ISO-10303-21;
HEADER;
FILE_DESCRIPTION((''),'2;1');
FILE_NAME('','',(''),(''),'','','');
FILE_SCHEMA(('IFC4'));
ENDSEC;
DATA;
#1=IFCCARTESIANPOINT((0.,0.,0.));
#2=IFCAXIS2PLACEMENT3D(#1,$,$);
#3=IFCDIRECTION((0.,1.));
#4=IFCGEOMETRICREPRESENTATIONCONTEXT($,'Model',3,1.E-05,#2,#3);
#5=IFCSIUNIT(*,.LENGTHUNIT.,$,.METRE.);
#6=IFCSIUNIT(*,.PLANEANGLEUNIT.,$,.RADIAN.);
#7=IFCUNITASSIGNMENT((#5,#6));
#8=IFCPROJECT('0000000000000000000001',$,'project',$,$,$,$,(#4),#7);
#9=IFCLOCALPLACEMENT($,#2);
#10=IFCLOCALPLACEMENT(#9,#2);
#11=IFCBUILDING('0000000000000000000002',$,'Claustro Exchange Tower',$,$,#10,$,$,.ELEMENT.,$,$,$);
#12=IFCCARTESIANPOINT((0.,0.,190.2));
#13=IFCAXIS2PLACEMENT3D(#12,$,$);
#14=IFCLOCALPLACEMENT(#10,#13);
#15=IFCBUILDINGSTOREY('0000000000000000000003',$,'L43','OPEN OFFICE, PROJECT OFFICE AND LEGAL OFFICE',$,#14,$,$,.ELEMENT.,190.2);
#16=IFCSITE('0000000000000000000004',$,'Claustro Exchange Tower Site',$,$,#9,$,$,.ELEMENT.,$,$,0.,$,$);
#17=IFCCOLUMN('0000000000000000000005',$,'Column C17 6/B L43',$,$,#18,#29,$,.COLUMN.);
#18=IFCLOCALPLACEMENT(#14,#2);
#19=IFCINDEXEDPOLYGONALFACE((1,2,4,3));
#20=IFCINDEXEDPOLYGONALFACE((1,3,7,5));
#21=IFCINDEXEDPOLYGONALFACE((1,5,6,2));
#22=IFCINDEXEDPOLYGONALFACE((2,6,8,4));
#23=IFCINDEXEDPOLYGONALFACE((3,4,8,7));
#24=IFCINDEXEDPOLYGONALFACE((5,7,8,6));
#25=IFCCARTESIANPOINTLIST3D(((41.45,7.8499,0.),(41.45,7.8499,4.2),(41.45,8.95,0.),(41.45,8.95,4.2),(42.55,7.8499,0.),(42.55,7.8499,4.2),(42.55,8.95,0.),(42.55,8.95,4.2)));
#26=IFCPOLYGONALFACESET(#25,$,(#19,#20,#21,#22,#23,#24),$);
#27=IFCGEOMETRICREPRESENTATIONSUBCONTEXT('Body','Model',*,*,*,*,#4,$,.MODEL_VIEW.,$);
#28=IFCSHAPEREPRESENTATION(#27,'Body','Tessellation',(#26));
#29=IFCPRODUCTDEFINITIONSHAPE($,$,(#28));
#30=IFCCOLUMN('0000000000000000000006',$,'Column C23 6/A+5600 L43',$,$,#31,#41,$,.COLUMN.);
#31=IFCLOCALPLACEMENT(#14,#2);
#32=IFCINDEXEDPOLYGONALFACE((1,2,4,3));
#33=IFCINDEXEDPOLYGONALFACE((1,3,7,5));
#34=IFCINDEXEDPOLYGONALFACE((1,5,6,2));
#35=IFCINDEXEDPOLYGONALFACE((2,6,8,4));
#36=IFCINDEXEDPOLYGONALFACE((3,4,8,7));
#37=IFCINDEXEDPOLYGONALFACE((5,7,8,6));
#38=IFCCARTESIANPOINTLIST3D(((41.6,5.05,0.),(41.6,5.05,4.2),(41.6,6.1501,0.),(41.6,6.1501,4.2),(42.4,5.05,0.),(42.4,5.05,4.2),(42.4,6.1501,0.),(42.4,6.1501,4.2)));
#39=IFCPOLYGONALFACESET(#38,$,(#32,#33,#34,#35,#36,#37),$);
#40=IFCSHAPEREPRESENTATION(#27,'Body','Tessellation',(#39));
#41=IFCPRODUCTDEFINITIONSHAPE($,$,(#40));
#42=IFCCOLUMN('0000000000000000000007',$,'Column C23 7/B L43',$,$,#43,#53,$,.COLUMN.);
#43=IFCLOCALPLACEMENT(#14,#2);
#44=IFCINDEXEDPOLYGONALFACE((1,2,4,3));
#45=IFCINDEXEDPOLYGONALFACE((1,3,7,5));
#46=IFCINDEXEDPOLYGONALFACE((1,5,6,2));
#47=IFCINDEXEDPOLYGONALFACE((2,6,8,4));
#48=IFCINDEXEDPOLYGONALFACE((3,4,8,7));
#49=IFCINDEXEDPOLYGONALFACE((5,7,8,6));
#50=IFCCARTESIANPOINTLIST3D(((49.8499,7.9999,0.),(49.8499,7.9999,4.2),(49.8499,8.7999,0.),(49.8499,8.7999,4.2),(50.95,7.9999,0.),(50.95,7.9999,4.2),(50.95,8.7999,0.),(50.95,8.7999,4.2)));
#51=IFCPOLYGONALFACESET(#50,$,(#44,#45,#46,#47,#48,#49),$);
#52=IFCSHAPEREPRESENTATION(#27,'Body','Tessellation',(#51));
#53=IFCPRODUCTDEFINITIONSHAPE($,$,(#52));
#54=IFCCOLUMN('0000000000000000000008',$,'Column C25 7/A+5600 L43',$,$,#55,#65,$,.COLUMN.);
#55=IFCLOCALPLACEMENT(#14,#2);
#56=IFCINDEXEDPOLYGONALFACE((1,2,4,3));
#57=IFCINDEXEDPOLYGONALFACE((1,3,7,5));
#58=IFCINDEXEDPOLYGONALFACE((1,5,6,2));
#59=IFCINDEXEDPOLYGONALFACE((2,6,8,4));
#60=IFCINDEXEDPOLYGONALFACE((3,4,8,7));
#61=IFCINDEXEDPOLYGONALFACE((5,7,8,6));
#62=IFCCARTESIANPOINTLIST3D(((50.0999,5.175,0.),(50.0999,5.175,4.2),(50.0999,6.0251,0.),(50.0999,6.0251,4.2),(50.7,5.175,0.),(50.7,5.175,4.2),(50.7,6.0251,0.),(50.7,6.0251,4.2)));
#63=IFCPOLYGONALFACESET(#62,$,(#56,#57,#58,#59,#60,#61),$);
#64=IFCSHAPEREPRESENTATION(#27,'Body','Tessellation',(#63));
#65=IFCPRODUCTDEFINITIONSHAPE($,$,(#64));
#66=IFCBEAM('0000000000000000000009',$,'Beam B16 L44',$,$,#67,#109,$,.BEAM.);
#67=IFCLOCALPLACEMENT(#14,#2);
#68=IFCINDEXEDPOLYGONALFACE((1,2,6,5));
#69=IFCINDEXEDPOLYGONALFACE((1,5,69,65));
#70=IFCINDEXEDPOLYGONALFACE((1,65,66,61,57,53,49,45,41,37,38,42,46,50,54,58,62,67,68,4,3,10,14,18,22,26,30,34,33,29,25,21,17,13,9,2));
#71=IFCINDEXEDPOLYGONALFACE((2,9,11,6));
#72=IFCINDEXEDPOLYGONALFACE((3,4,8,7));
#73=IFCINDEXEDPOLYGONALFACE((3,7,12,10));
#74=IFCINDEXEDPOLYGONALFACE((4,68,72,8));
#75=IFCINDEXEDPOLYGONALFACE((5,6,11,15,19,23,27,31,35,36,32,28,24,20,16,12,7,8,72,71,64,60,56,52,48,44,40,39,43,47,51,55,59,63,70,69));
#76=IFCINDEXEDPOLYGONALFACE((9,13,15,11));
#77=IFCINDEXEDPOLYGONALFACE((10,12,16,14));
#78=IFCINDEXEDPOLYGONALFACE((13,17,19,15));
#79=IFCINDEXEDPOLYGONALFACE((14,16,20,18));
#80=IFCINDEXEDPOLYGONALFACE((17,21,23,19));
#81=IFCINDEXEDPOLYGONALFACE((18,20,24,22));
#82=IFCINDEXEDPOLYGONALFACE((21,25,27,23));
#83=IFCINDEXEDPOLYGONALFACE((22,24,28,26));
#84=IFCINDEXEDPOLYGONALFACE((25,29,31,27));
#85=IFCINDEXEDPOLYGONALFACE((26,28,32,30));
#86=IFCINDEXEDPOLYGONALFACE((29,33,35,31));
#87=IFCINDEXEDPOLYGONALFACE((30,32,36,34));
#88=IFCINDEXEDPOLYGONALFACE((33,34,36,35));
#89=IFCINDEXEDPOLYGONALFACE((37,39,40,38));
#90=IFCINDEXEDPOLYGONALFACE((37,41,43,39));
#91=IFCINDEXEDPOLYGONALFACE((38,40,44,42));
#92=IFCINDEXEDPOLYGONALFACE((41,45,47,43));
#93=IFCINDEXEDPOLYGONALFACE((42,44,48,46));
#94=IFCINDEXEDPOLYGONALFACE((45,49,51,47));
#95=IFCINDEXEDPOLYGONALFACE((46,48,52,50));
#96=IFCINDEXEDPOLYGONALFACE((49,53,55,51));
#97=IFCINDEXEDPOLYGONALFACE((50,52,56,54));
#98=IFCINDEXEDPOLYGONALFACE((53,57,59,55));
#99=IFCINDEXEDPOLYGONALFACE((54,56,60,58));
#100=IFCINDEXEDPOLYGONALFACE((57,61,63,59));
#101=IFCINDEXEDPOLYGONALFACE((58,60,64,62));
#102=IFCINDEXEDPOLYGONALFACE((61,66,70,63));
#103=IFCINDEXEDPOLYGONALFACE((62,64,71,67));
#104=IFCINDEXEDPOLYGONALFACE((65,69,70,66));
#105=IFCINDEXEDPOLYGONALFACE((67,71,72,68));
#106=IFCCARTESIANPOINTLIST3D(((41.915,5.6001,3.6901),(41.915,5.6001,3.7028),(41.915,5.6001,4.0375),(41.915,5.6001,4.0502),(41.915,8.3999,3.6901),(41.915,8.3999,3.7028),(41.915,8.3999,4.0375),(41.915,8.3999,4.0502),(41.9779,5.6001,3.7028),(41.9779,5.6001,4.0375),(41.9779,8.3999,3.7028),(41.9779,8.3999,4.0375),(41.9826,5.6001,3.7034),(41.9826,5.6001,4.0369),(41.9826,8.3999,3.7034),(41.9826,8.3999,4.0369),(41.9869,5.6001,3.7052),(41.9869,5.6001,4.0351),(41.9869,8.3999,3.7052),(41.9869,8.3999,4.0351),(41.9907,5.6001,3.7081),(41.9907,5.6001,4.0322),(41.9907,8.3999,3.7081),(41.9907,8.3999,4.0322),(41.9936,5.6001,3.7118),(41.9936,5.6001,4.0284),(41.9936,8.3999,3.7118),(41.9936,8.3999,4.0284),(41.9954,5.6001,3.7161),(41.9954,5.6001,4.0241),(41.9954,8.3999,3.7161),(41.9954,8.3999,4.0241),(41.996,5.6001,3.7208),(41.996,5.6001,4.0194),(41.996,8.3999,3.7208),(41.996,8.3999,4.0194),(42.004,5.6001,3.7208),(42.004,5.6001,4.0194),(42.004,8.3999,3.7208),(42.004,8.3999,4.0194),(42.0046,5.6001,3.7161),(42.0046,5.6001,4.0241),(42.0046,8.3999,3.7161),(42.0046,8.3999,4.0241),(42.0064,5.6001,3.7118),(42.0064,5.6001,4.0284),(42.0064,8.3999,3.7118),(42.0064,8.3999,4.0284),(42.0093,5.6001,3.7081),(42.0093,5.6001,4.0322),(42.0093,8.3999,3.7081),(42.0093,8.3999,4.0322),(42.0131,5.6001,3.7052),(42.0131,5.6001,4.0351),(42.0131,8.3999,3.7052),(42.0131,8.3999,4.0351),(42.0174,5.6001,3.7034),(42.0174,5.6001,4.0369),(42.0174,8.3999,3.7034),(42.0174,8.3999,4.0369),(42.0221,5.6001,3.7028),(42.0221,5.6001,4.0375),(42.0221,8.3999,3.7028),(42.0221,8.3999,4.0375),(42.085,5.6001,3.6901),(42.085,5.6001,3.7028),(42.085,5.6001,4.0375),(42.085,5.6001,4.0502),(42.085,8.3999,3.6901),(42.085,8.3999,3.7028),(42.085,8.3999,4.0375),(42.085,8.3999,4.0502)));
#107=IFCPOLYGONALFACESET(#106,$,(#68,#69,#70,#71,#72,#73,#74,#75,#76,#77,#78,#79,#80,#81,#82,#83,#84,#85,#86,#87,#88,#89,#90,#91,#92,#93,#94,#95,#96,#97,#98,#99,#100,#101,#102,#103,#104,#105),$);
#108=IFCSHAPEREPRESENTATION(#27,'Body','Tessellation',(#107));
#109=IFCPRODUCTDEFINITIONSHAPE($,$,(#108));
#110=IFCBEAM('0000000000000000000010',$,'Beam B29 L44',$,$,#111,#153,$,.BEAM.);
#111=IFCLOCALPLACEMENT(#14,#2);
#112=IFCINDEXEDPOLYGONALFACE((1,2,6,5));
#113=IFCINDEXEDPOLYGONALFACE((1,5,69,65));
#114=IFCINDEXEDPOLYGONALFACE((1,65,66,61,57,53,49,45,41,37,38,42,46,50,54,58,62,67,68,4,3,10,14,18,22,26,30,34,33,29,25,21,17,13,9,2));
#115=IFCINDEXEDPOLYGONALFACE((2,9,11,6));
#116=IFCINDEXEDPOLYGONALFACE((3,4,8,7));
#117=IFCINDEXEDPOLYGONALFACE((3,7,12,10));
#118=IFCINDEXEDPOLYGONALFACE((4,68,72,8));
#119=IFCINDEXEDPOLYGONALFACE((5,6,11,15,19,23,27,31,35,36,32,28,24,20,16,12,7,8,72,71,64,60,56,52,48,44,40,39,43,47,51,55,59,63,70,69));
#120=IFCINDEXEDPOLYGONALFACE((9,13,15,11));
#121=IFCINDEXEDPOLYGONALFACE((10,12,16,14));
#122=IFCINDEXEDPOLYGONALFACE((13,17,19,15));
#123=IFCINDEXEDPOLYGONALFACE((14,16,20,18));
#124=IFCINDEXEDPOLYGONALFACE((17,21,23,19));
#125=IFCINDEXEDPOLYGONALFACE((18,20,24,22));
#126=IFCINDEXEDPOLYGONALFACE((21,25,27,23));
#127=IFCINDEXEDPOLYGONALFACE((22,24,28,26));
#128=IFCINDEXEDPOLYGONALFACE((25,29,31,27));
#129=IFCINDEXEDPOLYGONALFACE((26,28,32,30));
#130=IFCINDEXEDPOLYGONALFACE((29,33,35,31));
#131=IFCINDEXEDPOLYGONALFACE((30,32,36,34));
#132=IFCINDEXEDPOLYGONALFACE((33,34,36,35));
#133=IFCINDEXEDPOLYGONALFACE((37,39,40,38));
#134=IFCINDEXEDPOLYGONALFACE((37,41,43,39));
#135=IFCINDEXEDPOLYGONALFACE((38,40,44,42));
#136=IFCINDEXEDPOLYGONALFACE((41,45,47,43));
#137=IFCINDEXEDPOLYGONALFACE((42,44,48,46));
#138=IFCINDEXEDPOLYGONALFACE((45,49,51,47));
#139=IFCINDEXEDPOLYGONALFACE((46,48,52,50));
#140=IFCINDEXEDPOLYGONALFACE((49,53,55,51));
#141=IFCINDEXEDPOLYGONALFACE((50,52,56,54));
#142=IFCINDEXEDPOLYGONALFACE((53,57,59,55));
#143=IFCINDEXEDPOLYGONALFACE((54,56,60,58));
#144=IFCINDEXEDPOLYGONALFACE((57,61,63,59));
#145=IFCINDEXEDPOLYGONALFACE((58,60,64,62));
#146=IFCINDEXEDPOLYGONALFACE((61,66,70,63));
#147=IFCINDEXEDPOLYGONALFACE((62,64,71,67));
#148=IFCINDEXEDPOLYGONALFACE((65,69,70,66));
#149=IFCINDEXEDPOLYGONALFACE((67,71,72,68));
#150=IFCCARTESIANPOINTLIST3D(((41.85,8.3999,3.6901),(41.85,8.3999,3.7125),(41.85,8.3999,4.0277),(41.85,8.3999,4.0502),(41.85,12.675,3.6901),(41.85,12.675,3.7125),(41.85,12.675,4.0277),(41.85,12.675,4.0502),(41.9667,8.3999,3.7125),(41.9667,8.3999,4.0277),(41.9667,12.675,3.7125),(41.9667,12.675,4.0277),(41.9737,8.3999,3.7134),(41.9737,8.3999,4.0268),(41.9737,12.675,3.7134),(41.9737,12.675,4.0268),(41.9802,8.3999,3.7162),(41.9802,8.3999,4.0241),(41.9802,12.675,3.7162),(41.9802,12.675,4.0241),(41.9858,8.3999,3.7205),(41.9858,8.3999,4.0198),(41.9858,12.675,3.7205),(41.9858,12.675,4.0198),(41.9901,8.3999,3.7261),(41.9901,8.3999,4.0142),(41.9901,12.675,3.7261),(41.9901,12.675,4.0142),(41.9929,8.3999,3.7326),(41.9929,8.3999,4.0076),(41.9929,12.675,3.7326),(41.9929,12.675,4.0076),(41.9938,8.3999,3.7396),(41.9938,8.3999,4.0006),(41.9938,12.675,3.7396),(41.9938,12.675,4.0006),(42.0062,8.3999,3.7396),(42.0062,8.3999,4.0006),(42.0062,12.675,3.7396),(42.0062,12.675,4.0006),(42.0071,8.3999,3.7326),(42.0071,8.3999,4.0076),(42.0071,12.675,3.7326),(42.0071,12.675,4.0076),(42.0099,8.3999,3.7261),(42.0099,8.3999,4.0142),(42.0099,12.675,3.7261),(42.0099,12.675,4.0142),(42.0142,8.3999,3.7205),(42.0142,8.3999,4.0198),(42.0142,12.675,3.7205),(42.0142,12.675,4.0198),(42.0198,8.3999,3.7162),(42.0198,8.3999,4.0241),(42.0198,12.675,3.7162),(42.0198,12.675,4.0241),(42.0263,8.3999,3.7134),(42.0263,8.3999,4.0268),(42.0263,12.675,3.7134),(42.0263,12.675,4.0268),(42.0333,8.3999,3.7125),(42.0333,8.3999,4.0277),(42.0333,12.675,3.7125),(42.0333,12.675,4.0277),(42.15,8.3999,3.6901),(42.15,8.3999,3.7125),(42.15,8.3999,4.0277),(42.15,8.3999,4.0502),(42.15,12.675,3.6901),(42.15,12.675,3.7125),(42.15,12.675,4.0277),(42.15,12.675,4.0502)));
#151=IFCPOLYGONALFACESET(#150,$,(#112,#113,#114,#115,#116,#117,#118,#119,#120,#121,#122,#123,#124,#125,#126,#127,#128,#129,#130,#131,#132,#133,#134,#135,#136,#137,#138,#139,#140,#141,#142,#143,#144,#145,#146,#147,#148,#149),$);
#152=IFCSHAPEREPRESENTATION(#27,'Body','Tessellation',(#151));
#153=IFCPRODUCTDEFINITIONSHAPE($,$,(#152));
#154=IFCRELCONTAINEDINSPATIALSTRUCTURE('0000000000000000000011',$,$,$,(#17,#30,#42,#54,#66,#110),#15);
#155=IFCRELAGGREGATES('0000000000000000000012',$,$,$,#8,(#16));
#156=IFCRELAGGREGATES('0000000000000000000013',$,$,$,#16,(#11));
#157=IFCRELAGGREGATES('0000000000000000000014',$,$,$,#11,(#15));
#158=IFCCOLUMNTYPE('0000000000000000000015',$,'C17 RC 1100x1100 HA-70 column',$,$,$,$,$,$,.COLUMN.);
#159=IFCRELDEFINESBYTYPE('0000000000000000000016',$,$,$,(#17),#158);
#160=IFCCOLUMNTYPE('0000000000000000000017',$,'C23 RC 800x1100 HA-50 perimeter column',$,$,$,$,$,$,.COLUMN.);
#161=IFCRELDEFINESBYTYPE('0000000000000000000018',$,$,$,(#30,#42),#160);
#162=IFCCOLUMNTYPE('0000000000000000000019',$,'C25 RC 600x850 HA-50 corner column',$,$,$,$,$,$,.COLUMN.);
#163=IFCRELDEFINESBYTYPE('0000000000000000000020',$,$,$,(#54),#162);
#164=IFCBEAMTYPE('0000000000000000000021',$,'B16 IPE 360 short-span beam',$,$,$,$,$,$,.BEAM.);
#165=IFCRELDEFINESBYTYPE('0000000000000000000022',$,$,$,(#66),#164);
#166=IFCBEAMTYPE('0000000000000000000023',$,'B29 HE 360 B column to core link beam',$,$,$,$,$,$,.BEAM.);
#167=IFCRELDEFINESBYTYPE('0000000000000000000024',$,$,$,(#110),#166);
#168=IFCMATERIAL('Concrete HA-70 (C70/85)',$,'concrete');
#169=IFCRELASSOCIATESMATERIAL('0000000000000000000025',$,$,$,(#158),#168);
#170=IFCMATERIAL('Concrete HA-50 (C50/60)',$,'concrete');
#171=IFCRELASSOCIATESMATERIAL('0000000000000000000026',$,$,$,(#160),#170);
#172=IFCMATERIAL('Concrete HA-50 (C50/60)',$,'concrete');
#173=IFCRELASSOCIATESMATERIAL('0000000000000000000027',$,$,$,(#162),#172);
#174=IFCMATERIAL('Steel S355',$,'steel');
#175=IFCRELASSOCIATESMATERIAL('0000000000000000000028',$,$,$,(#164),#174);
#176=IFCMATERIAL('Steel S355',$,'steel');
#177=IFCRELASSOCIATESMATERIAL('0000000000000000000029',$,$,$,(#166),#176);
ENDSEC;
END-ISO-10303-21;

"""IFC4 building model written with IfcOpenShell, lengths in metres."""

from ifc_helpers import new_model, si_unit, direction, frame, origin, origin_2d, place, context, subcontext, project, spatial, rectangle, i_section, extrude, material, material_profile, profile_set, type_object, element, save


model = new_model("IFC4")

# Units and contexts
model_context = context("Model", 3, precision=1e-05, world=origin(), true_north=direction((0.0, 1.0)))
body_context = subcontext(model_context, "Body", "Model", "MODEL_VIEW")
ifc_project = project(units=[si_unit("LENGTHUNIT", "METRE"), si_unit("PLANEANGLEUNIT", "RADIAN")], contexts=[model_context])

# Site, building, storey
site_placement = place(None, origin())
site = spatial("IfcSite", under=ifc_project, at=site_placement, Name="Claustro Exchange Tower Site", CompositionType="ELEMENT", RefElevation=0.0)
building_placement = place(site_placement, origin())
building = spatial("IfcBuilding", under=site, at=building_placement, Name="Claustro Exchange Tower", CompositionType="ELEMENT")
storey_placement = place(building_placement, frame((0.0, 0.0, 190.2)))
storey = spatial("IfcBuildingStorey", under=building, at=storey_placement, Name="L43", Description="OPEN OFFICE, PROJECT OFFICE AND LEGAL OFFICE", CompositionType="ELEMENT", Elevation=190.2)

# Columns
ifc_material_1 = material(Name="Concrete HA-70 (C70/85)", Category="concrete")
ifc_material_profile_1 = material_profile(ifc_material_1, rectangle(XDim=1.1001, YDim=1.1001, at=origin_2d()), Name="RC 1100x1100")
ifc_profile_set_1 = profile_set([ifc_material_profile_1], Name="Concrete HA-70 (C70/85)")
column_type_1 = type_object("IfcColumnType", Name="C17 RC 1100x1100 HA-70 column", PredefinedType="COLUMN", material=ifc_profile_set_1)
column_1_placement = place(storey_placement, frame((42.0, 8.3999, 0.0), z_axis=(0.0, 0.0, 1.0), x_axis=(1.0, 0.0, 0.0)))
element("IfcColumn", 1, at=column_1_placement, inside=storey, type_object=column_type_1, Name="Column C17 6/B L43", PredefinedType="COLUMN", context=body_context, shape_type="SweptSolid", body=[
    extrude(rectangle(XDim=1.1001, YDim=1.1001, at=origin_2d()), origin(), (0.0, 0.0, 1.0), 4.2),
])
ifc_material_2 = material(Name="Concrete HA-50 (C50/60)", Category="concrete")
ifc_material_profile_2 = material_profile(ifc_material_2, rectangle(XDim=0.8, YDim=1.1001, at=origin_2d()), Name="RC 800x1100")
ifc_profile_set_2 = profile_set([ifc_material_profile_2], Name="Concrete HA-50 (C50/60)")
column_type_2 = type_object("IfcColumnType", Name="C23 RC 800x1100 HA-50 perimeter column", PredefinedType="COLUMN", material=ifc_profile_set_2)
for number, where, z_axis, x_axis, name in (
    (2, (42.0, 5.6001, 0.0), (0.0, 0.0, 1.0), (1.0, 0.0, 0.0), "Column C23 6/A+5600 L43"),
    (3, (50.3999, 8.3999, 0.0), (0.0, 0.0, 1.0), (0.0, 1.0, 0.0), "Column C23 7/B L43"),
):
    element("IfcColumn", number, at=place(storey_placement, frame(where, z_axis=z_axis, x_axis=x_axis)), inside=storey, type_object=column_type_2, Name=name, PredefinedType="COLUMN", context=body_context, shape_type="SweptSolid", body=[
        extrude(rectangle(XDim=0.8, YDim=1.1001, at=origin_2d()), origin(), (0.0, 0.0, 1.0), 4.2),
    ])
ifc_material_3 = material(Name="Concrete HA-50 (C50/60)", Category="concrete")
ifc_material_profile_3 = material_profile(ifc_material_3, rectangle(XDim=0.6001, YDim=0.8501, at=origin_2d()), Name="RC 600x850")
ifc_profile_set_3 = profile_set([ifc_material_profile_3], Name="Concrete HA-50 (C50/60)")
column_type_3 = type_object("IfcColumnType", Name="C25 RC 600x850 HA-50 corner column", PredefinedType="COLUMN", material=ifc_profile_set_3)
column_2_placement = place(storey_placement, frame((50.3999, 5.6001, 0.0), z_axis=(0.0, 0.0, 1.0), x_axis=(1.0, 0.0, 0.0)))
element("IfcColumn", 4, at=column_2_placement, inside=storey, type_object=column_type_3, Name="Column C25 7/A+5600 L43", PredefinedType="COLUMN", context=body_context, shape_type="SweptSolid", body=[
    extrude(rectangle(XDim=0.6001, YDim=0.8501, at=origin_2d()), origin(), (0.0, 0.0, 1.0), 4.2),
])

# Beams
ifc_material_4 = material(Name="Steel S355", Category="steel")
ifc_material_profile_4 = material_profile(ifc_material_4, i_section(OverallWidth=0.1699, OverallDepth=0.3601, WebThickness=0.0081, FlangeThickness=0.0127, FilletRadius=0.0181, at=origin_2d()), Name="IPE 360")
ifc_profile_set_4 = profile_set([ifc_material_profile_4], Name="Steel S355")
beam_type_1 = type_object("IfcBeamType", Name="B16 IPE 360 short-span beam", PredefinedType="BEAM", material=ifc_profile_set_4)
beam_1_placement = place(storey_placement, frame((42.0, 5.6001, 3.8701), z_axis=(0.0, 1.0, 0.0), x_axis=(-1.0, 0.0, 0.0)))
element("IfcBeam", 5, at=beam_1_placement, inside=storey, type_object=beam_type_1, Name="Beam B16 L44", PredefinedType="BEAM", context=body_context, shape_type="SweptSolid", body=[
    extrude(i_section(OverallWidth=0.1699, OverallDepth=0.3601, WebThickness=0.0081, FlangeThickness=0.0127, FilletRadius=0.0181, at=origin_2d()), origin(), (0.0, 0.0, 1.0), 2.7998),
])
ifc_material_5 = material(Name="Steel S355", Category="steel")
ifc_material_profile_5 = material_profile(ifc_material_5, i_section(OverallWidth=0.3, OverallDepth=0.3601, WebThickness=0.0125, FlangeThickness=0.0225, FilletRadius=0.0271, at=origin_2d()), Name="HE 360 B")
ifc_profile_set_5 = profile_set([ifc_material_profile_5], Name="Steel S355")
beam_type_2 = type_object("IfcBeamType", Name="B29 HE 360 B column to core link beam", PredefinedType="BEAM", material=ifc_profile_set_5)
beam_2_placement = place(storey_placement, frame((42.0, 8.3999, 3.8701), z_axis=(0.0, 1.0, 0.0), x_axis=(-1.0, 0.0, 0.0)))
element("IfcBeam", 6, at=beam_2_placement, inside=storey, type_object=beam_type_2, Name="Beam B29 L44", PredefinedType="BEAM", context=body_context, shape_type="SweptSolid", body=[
    extrude(i_section(OverallWidth=0.3, OverallDepth=0.3601, WebThickness=0.0125, FlangeThickness=0.0225, FilletRadius=0.0271, at=origin_2d()), origin(), (0.0, 0.0, 1.0), 4.2751),
])

save(model, "model.ifc")
